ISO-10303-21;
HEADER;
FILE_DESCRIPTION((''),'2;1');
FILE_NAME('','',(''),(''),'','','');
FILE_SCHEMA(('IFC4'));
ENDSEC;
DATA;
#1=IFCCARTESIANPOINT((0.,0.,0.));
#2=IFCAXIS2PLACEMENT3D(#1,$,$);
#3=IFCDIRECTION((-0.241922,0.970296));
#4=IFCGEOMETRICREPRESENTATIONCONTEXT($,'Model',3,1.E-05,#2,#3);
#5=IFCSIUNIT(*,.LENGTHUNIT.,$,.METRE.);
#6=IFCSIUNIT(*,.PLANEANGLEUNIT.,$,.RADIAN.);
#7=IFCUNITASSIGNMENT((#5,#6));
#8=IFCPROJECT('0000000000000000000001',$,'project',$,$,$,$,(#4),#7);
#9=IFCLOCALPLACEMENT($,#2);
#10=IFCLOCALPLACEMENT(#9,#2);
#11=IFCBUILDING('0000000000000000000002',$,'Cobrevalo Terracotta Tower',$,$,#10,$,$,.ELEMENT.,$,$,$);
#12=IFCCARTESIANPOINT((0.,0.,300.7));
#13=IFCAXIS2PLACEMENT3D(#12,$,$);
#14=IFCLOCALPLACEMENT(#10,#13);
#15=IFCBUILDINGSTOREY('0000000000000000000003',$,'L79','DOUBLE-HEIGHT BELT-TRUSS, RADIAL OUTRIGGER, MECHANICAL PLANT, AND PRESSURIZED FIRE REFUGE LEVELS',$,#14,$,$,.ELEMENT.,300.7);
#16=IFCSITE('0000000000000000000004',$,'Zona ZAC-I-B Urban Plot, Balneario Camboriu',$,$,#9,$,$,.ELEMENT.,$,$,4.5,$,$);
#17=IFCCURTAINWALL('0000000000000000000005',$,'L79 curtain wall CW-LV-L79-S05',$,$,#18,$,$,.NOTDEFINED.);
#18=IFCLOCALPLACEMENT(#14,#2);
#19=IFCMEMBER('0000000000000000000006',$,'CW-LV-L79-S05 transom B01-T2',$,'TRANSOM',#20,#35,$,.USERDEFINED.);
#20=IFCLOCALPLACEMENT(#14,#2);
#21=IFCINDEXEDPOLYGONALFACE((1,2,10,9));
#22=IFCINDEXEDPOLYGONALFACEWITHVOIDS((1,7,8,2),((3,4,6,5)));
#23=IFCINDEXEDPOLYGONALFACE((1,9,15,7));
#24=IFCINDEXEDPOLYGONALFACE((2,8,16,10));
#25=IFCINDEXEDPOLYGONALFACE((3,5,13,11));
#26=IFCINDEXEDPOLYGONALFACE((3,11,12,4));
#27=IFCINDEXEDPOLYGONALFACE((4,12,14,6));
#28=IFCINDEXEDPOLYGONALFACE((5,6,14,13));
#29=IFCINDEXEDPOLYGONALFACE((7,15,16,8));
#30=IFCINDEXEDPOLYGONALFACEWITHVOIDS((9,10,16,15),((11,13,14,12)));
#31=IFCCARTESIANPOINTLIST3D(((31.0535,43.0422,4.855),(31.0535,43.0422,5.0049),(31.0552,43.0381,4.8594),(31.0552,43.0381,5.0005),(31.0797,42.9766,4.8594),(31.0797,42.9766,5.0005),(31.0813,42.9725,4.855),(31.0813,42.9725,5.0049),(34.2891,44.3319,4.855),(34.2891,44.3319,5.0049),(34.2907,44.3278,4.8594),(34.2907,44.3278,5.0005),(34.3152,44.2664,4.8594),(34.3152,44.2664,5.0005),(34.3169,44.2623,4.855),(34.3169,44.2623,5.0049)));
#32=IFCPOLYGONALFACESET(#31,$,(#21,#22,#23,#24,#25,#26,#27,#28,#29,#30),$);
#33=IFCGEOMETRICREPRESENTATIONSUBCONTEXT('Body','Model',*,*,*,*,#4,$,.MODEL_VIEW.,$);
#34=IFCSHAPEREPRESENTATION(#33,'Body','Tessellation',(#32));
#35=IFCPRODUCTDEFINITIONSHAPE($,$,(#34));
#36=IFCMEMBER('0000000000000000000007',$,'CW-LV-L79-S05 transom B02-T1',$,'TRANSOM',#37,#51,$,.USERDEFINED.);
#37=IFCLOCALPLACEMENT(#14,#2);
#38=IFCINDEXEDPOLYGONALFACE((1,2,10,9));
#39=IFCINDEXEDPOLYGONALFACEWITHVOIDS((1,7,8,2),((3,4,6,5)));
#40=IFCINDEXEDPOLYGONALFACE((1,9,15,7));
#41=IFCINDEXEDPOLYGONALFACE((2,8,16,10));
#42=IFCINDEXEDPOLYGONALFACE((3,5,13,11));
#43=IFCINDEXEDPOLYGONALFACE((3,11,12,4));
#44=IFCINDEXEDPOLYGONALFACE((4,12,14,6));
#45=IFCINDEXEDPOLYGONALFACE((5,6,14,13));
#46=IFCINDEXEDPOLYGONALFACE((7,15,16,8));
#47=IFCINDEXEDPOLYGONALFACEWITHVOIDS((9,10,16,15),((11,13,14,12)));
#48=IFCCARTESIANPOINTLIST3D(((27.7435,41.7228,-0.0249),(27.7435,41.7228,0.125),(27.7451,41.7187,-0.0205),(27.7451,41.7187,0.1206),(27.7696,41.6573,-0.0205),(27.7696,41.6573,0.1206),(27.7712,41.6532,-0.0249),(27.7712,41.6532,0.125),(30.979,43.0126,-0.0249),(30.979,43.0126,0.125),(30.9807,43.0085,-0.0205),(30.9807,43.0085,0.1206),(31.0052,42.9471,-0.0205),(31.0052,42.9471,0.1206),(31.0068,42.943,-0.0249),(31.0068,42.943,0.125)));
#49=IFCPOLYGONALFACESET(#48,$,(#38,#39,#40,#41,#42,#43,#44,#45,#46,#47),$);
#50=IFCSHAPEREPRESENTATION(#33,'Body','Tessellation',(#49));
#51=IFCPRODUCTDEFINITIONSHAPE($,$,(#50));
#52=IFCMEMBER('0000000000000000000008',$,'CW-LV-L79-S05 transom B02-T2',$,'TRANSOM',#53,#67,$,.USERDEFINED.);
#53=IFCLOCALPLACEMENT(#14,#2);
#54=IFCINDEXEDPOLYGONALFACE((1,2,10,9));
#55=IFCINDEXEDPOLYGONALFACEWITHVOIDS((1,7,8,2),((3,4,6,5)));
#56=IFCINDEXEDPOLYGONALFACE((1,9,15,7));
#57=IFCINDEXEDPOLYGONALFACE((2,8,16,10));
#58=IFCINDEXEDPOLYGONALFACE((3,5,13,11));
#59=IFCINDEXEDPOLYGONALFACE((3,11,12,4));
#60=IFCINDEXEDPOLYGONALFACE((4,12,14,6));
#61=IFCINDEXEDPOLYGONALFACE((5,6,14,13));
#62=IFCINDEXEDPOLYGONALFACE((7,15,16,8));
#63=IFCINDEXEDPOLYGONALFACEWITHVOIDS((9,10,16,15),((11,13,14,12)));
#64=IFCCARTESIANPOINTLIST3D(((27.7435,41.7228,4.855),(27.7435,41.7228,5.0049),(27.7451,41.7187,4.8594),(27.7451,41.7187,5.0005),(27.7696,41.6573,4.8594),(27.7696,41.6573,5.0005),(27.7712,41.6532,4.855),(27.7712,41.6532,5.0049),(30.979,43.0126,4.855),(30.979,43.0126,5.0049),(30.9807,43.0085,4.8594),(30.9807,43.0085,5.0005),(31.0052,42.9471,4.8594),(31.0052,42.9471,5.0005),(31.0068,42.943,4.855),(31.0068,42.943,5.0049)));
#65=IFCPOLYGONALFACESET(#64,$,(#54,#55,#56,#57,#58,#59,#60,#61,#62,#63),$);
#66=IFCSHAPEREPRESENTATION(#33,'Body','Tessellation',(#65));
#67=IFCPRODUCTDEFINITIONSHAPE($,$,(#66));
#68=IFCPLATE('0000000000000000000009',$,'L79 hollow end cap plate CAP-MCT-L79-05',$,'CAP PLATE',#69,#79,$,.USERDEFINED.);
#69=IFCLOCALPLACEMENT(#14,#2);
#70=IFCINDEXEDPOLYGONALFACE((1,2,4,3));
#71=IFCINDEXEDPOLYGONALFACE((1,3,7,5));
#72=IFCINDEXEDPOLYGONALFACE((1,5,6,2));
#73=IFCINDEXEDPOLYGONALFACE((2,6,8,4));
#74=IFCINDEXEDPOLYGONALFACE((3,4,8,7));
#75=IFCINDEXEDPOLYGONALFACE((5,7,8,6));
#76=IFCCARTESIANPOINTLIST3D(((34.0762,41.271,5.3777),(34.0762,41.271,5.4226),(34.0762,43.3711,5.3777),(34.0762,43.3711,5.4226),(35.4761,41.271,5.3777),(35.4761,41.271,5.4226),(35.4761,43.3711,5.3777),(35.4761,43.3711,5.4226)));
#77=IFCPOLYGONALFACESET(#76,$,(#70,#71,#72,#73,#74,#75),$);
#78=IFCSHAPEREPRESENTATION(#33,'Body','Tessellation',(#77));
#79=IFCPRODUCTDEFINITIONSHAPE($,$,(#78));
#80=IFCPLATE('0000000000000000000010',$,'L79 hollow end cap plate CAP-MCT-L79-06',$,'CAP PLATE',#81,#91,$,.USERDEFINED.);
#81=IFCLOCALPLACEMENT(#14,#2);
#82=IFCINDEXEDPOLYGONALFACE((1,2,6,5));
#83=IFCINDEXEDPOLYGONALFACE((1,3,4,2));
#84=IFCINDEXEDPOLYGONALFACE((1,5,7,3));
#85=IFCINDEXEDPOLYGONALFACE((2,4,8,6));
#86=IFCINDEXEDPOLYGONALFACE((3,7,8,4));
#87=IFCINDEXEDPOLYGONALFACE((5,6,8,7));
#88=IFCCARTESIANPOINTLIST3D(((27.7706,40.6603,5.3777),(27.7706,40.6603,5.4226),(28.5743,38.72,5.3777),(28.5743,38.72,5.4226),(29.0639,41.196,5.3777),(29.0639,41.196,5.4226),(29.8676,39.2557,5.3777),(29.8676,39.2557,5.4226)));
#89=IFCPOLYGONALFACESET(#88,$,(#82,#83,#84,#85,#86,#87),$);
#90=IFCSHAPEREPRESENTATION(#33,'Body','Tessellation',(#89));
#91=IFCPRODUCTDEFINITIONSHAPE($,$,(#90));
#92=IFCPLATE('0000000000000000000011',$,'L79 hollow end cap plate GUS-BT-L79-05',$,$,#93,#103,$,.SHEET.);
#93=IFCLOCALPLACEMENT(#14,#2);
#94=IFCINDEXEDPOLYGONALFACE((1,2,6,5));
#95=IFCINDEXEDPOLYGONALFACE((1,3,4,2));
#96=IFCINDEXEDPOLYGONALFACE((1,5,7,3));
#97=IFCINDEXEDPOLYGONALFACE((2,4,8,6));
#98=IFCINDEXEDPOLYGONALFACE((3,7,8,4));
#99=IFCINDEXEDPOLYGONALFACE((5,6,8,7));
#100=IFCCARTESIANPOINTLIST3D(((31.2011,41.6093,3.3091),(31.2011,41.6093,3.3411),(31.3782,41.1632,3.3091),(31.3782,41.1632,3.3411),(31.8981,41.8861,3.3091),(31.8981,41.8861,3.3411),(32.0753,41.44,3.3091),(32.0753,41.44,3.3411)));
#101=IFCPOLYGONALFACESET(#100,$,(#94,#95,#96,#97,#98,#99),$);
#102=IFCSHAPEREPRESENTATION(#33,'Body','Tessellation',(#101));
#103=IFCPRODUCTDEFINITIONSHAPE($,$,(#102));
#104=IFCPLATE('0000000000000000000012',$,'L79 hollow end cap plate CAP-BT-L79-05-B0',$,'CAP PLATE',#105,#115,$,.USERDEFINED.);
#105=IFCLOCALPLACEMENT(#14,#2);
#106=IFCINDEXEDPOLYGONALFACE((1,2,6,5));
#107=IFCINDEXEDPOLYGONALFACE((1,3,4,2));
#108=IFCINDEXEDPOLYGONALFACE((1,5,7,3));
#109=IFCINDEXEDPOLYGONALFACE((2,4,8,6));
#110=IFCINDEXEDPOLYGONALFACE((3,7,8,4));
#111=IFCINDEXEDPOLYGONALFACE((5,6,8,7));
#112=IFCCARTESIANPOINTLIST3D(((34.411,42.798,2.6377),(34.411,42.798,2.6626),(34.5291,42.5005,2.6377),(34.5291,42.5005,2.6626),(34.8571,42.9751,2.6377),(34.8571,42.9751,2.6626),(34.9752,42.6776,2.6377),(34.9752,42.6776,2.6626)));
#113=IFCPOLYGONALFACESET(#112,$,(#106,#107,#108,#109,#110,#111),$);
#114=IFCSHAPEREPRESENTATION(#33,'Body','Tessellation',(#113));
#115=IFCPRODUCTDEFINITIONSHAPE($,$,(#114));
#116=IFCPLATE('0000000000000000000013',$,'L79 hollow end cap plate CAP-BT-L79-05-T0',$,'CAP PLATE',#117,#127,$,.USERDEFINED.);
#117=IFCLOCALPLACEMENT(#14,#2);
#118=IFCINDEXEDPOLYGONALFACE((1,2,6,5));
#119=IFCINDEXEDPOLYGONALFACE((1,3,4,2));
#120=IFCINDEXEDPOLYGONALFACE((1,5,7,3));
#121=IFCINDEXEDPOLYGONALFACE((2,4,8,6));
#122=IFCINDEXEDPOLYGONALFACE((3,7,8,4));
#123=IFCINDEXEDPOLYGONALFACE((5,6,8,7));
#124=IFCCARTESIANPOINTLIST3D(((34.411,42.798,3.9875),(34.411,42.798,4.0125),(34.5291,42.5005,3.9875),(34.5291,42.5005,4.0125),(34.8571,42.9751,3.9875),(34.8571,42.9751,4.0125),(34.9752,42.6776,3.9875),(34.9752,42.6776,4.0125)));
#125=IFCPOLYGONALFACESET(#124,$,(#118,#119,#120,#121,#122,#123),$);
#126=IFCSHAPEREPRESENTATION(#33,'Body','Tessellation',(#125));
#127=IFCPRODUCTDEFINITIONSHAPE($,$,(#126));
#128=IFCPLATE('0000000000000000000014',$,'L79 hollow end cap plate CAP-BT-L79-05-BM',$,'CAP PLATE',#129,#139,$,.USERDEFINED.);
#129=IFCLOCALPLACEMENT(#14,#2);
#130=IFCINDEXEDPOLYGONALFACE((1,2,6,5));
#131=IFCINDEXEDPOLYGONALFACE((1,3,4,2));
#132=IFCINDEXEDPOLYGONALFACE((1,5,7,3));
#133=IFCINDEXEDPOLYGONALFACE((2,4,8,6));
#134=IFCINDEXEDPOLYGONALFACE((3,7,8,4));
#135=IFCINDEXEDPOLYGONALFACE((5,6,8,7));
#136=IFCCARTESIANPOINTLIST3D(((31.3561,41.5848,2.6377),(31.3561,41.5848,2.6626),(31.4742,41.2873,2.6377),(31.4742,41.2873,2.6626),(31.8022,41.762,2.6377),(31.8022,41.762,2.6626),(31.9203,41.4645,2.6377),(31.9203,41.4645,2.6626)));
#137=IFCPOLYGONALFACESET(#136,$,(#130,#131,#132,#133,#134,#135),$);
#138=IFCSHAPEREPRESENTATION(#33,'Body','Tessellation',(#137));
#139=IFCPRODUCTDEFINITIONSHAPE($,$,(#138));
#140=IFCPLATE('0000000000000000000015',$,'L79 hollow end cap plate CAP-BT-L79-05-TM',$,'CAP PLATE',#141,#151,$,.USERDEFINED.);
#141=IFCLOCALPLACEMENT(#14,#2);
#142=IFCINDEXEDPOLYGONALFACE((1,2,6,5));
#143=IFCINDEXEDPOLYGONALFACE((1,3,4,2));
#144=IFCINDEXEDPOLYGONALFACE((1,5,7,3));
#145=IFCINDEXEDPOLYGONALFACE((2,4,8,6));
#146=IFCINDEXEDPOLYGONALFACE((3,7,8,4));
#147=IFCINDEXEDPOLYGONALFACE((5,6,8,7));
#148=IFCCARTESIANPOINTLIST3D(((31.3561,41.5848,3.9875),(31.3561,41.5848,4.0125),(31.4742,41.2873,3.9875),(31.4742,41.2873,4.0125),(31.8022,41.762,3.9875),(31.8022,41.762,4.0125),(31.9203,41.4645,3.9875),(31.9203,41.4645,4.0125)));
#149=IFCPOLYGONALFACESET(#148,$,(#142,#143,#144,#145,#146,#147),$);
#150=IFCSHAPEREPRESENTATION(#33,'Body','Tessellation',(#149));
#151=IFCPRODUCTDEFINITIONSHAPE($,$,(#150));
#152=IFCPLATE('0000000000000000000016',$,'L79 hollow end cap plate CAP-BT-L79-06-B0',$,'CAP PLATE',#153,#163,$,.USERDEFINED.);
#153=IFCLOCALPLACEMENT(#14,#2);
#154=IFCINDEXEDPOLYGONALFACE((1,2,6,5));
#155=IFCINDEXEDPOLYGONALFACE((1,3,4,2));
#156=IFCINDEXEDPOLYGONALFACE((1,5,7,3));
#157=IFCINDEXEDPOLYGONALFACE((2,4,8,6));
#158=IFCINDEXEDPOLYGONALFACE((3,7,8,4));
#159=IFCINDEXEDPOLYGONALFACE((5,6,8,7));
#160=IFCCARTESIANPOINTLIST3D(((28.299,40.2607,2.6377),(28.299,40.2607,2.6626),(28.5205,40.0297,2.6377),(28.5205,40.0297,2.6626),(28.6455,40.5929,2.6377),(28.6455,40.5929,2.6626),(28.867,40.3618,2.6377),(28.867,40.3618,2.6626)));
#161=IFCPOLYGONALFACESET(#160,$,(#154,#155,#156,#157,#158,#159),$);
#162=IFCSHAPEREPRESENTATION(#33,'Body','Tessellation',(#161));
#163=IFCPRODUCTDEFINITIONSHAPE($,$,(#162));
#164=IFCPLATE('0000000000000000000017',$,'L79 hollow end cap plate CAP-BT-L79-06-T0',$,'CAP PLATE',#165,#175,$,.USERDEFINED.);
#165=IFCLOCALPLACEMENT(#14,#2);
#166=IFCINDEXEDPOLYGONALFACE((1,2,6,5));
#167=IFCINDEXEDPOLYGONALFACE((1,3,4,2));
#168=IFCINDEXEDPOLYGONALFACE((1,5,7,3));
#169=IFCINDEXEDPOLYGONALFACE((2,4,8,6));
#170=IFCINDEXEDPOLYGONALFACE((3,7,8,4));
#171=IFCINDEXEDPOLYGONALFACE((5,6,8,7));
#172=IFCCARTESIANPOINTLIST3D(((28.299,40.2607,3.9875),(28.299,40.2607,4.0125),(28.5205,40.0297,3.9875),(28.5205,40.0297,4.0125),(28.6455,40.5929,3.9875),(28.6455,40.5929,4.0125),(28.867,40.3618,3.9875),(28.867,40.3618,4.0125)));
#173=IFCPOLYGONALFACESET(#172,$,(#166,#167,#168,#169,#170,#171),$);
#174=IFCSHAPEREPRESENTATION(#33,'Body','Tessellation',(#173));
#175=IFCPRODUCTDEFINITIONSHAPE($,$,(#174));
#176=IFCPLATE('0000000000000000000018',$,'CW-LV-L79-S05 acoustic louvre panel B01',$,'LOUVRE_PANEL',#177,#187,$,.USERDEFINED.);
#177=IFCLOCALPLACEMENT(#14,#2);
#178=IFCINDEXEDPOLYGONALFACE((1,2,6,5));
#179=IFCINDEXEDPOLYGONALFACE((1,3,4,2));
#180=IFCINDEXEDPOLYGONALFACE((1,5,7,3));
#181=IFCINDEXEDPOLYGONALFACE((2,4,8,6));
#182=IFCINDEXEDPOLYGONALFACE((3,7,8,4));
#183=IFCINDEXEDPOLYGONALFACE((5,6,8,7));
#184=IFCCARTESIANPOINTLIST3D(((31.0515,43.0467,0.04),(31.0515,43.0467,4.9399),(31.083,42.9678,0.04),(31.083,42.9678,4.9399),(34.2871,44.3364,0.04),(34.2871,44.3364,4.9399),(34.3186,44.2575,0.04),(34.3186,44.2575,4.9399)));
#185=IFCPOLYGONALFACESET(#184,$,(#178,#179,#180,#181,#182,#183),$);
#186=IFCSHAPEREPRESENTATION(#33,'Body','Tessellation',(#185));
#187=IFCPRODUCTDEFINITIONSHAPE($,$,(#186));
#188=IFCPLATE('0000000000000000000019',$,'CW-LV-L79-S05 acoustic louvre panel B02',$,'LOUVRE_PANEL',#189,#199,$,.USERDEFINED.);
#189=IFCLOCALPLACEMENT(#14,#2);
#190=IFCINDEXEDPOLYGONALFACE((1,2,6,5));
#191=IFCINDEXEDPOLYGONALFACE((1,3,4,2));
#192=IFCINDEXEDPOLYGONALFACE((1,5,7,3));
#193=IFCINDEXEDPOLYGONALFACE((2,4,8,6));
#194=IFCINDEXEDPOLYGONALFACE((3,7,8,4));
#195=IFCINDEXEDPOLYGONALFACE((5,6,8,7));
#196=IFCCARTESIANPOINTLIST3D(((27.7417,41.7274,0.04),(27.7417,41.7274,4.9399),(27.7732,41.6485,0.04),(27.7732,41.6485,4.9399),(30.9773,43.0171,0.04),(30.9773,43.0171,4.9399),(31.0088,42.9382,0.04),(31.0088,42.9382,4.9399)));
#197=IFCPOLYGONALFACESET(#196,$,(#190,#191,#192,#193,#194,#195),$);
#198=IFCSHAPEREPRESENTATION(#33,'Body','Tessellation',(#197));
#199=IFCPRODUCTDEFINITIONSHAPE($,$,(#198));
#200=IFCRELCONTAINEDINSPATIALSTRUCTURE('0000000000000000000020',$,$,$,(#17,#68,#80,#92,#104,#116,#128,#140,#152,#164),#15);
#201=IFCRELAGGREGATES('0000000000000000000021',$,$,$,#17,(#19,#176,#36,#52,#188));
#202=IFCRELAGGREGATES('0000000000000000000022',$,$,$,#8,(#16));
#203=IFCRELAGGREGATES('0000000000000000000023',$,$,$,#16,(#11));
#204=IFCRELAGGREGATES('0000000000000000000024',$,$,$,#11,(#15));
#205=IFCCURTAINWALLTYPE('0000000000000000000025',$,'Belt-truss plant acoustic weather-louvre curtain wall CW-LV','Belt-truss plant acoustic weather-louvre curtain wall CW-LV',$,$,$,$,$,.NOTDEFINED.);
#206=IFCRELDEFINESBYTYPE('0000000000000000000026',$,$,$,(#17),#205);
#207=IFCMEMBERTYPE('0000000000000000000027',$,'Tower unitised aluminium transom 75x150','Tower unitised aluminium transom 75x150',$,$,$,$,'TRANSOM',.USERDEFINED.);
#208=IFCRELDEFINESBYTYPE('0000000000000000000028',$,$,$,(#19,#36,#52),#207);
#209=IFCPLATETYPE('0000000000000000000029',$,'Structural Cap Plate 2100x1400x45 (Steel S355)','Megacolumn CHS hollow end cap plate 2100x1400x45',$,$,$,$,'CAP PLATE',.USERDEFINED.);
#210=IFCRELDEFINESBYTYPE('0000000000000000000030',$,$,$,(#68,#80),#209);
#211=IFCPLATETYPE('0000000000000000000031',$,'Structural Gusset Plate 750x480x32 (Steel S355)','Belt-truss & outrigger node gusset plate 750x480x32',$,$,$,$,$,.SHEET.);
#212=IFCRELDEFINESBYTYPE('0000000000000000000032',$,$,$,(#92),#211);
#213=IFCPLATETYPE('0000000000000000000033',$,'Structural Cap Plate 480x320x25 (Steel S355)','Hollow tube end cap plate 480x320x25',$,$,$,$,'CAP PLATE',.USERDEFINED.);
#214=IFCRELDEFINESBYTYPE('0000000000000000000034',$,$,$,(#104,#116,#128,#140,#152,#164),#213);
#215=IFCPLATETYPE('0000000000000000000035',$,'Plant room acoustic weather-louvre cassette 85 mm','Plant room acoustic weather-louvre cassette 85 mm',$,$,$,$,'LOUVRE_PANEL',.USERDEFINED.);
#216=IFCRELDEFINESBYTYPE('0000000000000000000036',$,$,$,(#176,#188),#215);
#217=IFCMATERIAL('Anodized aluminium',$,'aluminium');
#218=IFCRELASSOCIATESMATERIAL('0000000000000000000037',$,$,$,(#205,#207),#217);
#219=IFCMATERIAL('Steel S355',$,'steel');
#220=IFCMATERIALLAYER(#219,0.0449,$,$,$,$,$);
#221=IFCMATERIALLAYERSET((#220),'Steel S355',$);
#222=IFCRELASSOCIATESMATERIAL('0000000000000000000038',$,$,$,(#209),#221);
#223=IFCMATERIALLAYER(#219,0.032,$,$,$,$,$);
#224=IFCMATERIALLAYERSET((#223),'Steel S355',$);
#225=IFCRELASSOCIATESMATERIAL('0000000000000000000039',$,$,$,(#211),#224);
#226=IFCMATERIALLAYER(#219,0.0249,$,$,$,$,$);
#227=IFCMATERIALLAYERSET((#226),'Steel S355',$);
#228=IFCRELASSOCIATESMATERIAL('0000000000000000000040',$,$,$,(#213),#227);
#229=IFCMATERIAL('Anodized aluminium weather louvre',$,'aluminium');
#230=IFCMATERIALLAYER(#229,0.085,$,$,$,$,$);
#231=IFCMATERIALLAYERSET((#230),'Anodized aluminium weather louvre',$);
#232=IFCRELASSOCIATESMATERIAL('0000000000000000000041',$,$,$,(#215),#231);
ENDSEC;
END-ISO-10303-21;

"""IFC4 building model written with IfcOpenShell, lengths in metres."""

from ifc_helpers import new_model, si_unit, direction, frame, origin, origin_2d, place, context, subcontext, project, spatial, rectangle, hollow_rectangle, extrude, source, transform, mapped, material, layer, layer_set, material_profile, profile_set, type_object, element, aggregate, save


model = new_model("IFC4")

# Units and contexts
model_context = context("Model", 3, precision=1e-05, world=origin(), true_north=direction((-0.241922, 0.970296)))
body_context = subcontext(model_context, "Body", "Model", "MODEL_VIEW")
ifc_project = project(units=[si_unit("LENGTHUNIT", "METRE"), si_unit("PLANEANGLEUNIT", "RADIAN")], contexts=[model_context])

# Site, building, storey
site_placement = place(None, origin())
site = spatial("IfcSite", under=ifc_project, at=site_placement, Name="Zona ZAC-I-B Urban Plot, Balneario Camboriu", CompositionType="ELEMENT", RefElevation=4.5)
building_placement = place(site_placement, origin())
building = spatial("IfcBuilding", under=site, at=building_placement, Name="Cobrevalo Terracotta Tower", CompositionType="ELEMENT")
storey_placement = place(building_placement, frame((0.0, 0.0, 300.7)))
storey = spatial("IfcBuildingStorey", under=building, at=storey_placement, Name="L79", Description="DOUBLE-HEIGHT BELT-TRUSS, RADIAL OUTRIGGER, MECHANICAL PLANT, AND PRESSURIZED FIRE REFUGE LEVELS", CompositionType="ELEMENT", Elevation=300.7)

# Shared definitions
ifc_material_1 = material(Name="Steel S355", Category="steel")

# Shared definitions
ifc_material_2 = material(Name="Anodized aluminium", Category="aluminium")
curtain_wall_type = type_object("IfcCurtainWallType", Name="Belt-truss plant acoustic weather-louvre curtain wall CW-LV", Description="Belt-truss plant acoustic weather-louvre curtain wall CW-LV", PredefinedType="NOTDEFINED", material=ifc_material_2)

# Curtain wall, members
curtain_wall_1_placement = place(storey_placement, origin())
curtain_wall_1 = element("IfcCurtainWall", 1, at=curtain_wall_1_placement, inside=storey, type_object=curtain_wall_type, Name="L79 curtain wall CW-LV-L79-S05", PredefinedType="NOTDEFINED")
ifc_material_profile_1 = material_profile(ifc_material_2, hollow_rectangle(XDim=0.075, YDim=0.1499, WallThickness=0.0044, at=origin_2d()), Name="CWT 75x150")
ifc_profile_set_1 = profile_set([ifc_material_profile_1], Name="Anodized aluminium")
member_type_1 = type_object("IfcMemberType", Name="Tower unitised aluminium transom 75x150", Description="Tower unitised aluminium transom 75x150", ElementType="TRANSOM", PredefinedType="USERDEFINED", material=ifc_profile_set_1)
shared_shape_1 = source(origin(), body_context, "Body", "SweptSolid", [
    extrude(hollow_rectangle(XDim=0.075, YDim=0.1499, WallThickness=0.0044, at=origin_2d()), origin(), (0.0, 0.0, 1.0), 3.4832),
])
member_1_placement = place(storey_placement, frame((34.303, 44.2971, 4.9299), z_axis=(-0.928916, -0.370291, 0.0), x_axis=(0.370291, -0.928916, 0.0)))
member_1 = element("IfcMember", 2, at=member_1_placement, type_object=member_type_1, Name="CW-LV-L79-S05 transom B01-T2", ObjectType="TRANSOM", PredefinedType="USERDEFINED", context=body_context, shape_type="MappedRepresentation", body=[
    mapped(shared_shape_1, transform((0.0, 0.0, 0.0), scale=1.0)),
])
member_2_placement = place(storey_placement, frame((30.9929, 42.9778, 0.05), z_axis=(-0.928916, -0.370291, 0.0), x_axis=(0.370291, -0.928916, 0.0)))
member_2 = element("IfcMember", 3, at=member_2_placement, type_object=member_type_1, Name="CW-LV-L79-S05 transom B02-T1", ObjectType="TRANSOM", PredefinedType="USERDEFINED", context=body_context, shape_type="MappedRepresentation", body=[
    mapped(shared_shape_1, transform((0.0, 0.0, 0.0), scale=1.0)),
])
member_3_placement = place(storey_placement, frame((30.9929, 42.9778, 4.9299), z_axis=(-0.928916, -0.370291, 0.0), x_axis=(0.370291, -0.928916, 0.0)))
member_3 = element("IfcMember", 4, at=member_3_placement, type_object=member_type_1, Name="CW-LV-L79-S05 transom B02-T2", ObjectType="TRANSOM", PredefinedType="USERDEFINED", context=body_context, shape_type="MappedRepresentation", body=[
    mapped(shared_shape_1, transform((0.0, 0.0, 0.0), scale=1.0)),
])

# Plates
ifc_layer_1 = layer(ifc_material_1, 0.0449)
ifc_layer_set_1 = layer_set([ifc_layer_1], Name="Steel S355")
plate_type_1 = type_object("IfcPlateType", Name="Structural Cap Plate 2100x1400x45 (Steel S355)", Description="Megacolumn CHS hollow end cap plate 2100x1400x45", ElementType="CAP PLATE", PredefinedType="USERDEFINED", material=ifc_layer_set_1)
shared_shape_2 = source(origin(), body_context, "Body", "SweptSolid", [
    extrude(rectangle(XDim=2.1001, YDim=1.3999, at=origin_2d()), origin(), (0.0, 0.0, 1.0), 0.0449),
])
for number, where, z_axis, x_axis, name in (
    (5, (34.7761, 42.321, 5.3777), (0.0, 0.0, 1.0), (0.0, 1.0, 0.0), "L79 hollow end cap plate CAP-MCT-L79-05"),
    (6, (28.8191, 39.958, 5.3777), (0.0, 0.0, 1.0), (-0.382683, 0.92388, 0.0), "L79 hollow end cap plate CAP-MCT-L79-06"),
):
    element("IfcPlate", number, at=place(storey_placement, frame(where, z_axis=z_axis, x_axis=x_axis)), inside=storey, type_object=plate_type_1, Name=name, ObjectType="CAP PLATE", PredefinedType="USERDEFINED", context=body_context, shape_type="MappedRepresentation", body=[
        mapped(shared_shape_2, transform((0.0, 0.0, 0.0), scale=1.0)),
    ])
ifc_layer_2 = layer(ifc_material_1, 0.032)
ifc_layer_set_2 = layer_set([ifc_layer_2], Name="Steel S355")
plate_type_2 = type_object("IfcPlateType", Name="Structural Gusset Plate 750x480x32 (Steel S355)", Description="Belt-truss & outrigger node gusset plate 750x480x32", PredefinedType="SHEET", material=ifc_layer_set_2)
shared_shape_3 = source(origin(), body_context, "Body", "SweptSolid", [
    extrude(rectangle(XDim=0.75, YDim=0.48, at=origin_2d()), origin(), (0.0, 0.0, 1.0), 0.032),
])
plate_1_placement = place(storey_placement, frame((31.6382, 41.5247, 3.3091), z_axis=(0.0, 0.0, 1.0), x_axis=(-0.929401, -0.369072, 0.0)))
element("IfcPlate", 7, at=plate_1_placement, inside=storey, type_object=plate_type_2, Name="L79 hollow end cap plate GUS-BT-L79-05", PredefinedType="SHEET", context=body_context, shape_type="MappedRepresentation", body=[
    mapped(shared_shape_3, transform((0.0, 0.0, 0.0), scale=1.0)),
])
ifc_layer_3 = layer(ifc_material_1, 0.0249)
ifc_layer_set_3 = layer_set([ifc_layer_3], Name="Steel S355")
plate_type_3 = type_object("IfcPlateType", Name="Structural Cap Plate 480x320x25 (Steel S355)", Description="Hollow tube end cap plate 480x320x25", ElementType="CAP PLATE", PredefinedType="USERDEFINED", material=ifc_layer_set_3)
shared_shape_4 = source(origin(), body_context, "Body", "SweptSolid", [
    extrude(rectangle(XDim=0.48, YDim=0.3201, at=origin_2d()), origin(), (0.0, 0.0, 1.0), 0.0249),
])
for number, where, z_axis, x_axis, name in (
    (8, (34.6931, 42.7378, 2.6377), (0.0, 0.0, 1.0), (-0.929401, -0.369072, 0.0), "L79 hollow end cap plate CAP-BT-L79-05-B0"),
    (9, (34.6931, 42.7378, 3.9875), (0.0, 0.0, 1.0), (-0.929401, -0.369072, 0.0), "L79 hollow end cap plate CAP-BT-L79-05-T0"),
    (10, (31.6382, 41.5247, 2.6377), (0.0, 0.0, 1.0), (-0.929401, -0.369072, 0.0), "L79 hollow end cap plate CAP-BT-L79-05-BM"),
    (11, (31.6382, 41.5247, 3.9875), (0.0, 0.0, 1.0), (-0.929401, -0.369072, 0.0), "L79 hollow end cap plate CAP-BT-L79-05-TM"),
    (12, (28.583, 40.3113, 2.6377), (0.0, 0.0, 1.0), (-0.721856, -0.692044, 0.0), "L79 hollow end cap plate CAP-BT-L79-06-B0"),
    (13, (28.583, 40.3113, 3.9875), (0.0, 0.0, 1.0), (-0.721856, -0.692044, 0.0), "L79 hollow end cap plate CAP-BT-L79-06-T0"),
):
    element("IfcPlate", number, at=place(storey_placement, frame(where, z_axis=z_axis, x_axis=x_axis)), inside=storey, type_object=plate_type_3, Name=name, ObjectType="CAP PLATE", PredefinedType="USERDEFINED", context=body_context, shape_type="MappedRepresentation", body=[
        mapped(shared_shape_4, transform((0.0, 0.0, 0.0), scale=1.0)),
    ])

# Plates
ifc_material_3 = material(Name="Anodized aluminium weather louvre", Category="aluminium")
ifc_layer_4 = layer(ifc_material_3, 0.085)
ifc_layer_set_4 = layer_set([ifc_layer_4], Name="Anodized aluminium weather louvre")
plate_type_4 = type_object("IfcPlateType", Name="Plant room acoustic weather-louvre cassette 85 mm", Description="Plant room acoustic weather-louvre cassette 85 mm", ElementType="LOUVRE_PANEL", PredefinedType="USERDEFINED", material=ifc_layer_set_4)
shared_shape_5 = source(origin(), body_context, "Body", "SweptSolid", [
    extrude(rectangle(XDim=3.4832, YDim=0.085, at=origin_2d()), origin(), (0.0, 0.0, 1.0), 4.8999),
])
plate_2_placement = place(storey_placement, frame((32.6851, 43.6521, 0.04), z_axis=(0.0, 0.0, 1.0), x_axis=(-0.928925, -0.370269, 0.0)))
plate_2 = element("IfcPlate", 14, at=plate_2_placement, type_object=plate_type_4, Name="CW-LV-L79-S05 acoustic louvre panel B01", ObjectType="LOUVRE_PANEL", PredefinedType="USERDEFINED", context=body_context, shape_type="MappedRepresentation", body=[
    mapped(shared_shape_5, transform((0.0, 0.0, 0.0), scale=1.0)),
])
plate_3_placement = place(storey_placement, frame((29.3752, 42.3328, 0.04), z_axis=(0.0, 0.0, 1.0), x_axis=(-0.928925, -0.370269, 0.0)))
plate_3 = element("IfcPlate", 15, at=plate_3_placement, type_object=plate_type_4, Name="CW-LV-L79-S05 acoustic louvre panel B02", ObjectType="LOUVRE_PANEL", PredefinedType="USERDEFINED", context=body_context, shape_type="MappedRepresentation", body=[
    mapped(shared_shape_5, transform((0.0, 0.0, 0.0), scale=1.0)),
])
aggregate(curtain_wall_1, [member_1, plate_2, member_2, member_3, plate_3])

save(model, "model.ifc")
